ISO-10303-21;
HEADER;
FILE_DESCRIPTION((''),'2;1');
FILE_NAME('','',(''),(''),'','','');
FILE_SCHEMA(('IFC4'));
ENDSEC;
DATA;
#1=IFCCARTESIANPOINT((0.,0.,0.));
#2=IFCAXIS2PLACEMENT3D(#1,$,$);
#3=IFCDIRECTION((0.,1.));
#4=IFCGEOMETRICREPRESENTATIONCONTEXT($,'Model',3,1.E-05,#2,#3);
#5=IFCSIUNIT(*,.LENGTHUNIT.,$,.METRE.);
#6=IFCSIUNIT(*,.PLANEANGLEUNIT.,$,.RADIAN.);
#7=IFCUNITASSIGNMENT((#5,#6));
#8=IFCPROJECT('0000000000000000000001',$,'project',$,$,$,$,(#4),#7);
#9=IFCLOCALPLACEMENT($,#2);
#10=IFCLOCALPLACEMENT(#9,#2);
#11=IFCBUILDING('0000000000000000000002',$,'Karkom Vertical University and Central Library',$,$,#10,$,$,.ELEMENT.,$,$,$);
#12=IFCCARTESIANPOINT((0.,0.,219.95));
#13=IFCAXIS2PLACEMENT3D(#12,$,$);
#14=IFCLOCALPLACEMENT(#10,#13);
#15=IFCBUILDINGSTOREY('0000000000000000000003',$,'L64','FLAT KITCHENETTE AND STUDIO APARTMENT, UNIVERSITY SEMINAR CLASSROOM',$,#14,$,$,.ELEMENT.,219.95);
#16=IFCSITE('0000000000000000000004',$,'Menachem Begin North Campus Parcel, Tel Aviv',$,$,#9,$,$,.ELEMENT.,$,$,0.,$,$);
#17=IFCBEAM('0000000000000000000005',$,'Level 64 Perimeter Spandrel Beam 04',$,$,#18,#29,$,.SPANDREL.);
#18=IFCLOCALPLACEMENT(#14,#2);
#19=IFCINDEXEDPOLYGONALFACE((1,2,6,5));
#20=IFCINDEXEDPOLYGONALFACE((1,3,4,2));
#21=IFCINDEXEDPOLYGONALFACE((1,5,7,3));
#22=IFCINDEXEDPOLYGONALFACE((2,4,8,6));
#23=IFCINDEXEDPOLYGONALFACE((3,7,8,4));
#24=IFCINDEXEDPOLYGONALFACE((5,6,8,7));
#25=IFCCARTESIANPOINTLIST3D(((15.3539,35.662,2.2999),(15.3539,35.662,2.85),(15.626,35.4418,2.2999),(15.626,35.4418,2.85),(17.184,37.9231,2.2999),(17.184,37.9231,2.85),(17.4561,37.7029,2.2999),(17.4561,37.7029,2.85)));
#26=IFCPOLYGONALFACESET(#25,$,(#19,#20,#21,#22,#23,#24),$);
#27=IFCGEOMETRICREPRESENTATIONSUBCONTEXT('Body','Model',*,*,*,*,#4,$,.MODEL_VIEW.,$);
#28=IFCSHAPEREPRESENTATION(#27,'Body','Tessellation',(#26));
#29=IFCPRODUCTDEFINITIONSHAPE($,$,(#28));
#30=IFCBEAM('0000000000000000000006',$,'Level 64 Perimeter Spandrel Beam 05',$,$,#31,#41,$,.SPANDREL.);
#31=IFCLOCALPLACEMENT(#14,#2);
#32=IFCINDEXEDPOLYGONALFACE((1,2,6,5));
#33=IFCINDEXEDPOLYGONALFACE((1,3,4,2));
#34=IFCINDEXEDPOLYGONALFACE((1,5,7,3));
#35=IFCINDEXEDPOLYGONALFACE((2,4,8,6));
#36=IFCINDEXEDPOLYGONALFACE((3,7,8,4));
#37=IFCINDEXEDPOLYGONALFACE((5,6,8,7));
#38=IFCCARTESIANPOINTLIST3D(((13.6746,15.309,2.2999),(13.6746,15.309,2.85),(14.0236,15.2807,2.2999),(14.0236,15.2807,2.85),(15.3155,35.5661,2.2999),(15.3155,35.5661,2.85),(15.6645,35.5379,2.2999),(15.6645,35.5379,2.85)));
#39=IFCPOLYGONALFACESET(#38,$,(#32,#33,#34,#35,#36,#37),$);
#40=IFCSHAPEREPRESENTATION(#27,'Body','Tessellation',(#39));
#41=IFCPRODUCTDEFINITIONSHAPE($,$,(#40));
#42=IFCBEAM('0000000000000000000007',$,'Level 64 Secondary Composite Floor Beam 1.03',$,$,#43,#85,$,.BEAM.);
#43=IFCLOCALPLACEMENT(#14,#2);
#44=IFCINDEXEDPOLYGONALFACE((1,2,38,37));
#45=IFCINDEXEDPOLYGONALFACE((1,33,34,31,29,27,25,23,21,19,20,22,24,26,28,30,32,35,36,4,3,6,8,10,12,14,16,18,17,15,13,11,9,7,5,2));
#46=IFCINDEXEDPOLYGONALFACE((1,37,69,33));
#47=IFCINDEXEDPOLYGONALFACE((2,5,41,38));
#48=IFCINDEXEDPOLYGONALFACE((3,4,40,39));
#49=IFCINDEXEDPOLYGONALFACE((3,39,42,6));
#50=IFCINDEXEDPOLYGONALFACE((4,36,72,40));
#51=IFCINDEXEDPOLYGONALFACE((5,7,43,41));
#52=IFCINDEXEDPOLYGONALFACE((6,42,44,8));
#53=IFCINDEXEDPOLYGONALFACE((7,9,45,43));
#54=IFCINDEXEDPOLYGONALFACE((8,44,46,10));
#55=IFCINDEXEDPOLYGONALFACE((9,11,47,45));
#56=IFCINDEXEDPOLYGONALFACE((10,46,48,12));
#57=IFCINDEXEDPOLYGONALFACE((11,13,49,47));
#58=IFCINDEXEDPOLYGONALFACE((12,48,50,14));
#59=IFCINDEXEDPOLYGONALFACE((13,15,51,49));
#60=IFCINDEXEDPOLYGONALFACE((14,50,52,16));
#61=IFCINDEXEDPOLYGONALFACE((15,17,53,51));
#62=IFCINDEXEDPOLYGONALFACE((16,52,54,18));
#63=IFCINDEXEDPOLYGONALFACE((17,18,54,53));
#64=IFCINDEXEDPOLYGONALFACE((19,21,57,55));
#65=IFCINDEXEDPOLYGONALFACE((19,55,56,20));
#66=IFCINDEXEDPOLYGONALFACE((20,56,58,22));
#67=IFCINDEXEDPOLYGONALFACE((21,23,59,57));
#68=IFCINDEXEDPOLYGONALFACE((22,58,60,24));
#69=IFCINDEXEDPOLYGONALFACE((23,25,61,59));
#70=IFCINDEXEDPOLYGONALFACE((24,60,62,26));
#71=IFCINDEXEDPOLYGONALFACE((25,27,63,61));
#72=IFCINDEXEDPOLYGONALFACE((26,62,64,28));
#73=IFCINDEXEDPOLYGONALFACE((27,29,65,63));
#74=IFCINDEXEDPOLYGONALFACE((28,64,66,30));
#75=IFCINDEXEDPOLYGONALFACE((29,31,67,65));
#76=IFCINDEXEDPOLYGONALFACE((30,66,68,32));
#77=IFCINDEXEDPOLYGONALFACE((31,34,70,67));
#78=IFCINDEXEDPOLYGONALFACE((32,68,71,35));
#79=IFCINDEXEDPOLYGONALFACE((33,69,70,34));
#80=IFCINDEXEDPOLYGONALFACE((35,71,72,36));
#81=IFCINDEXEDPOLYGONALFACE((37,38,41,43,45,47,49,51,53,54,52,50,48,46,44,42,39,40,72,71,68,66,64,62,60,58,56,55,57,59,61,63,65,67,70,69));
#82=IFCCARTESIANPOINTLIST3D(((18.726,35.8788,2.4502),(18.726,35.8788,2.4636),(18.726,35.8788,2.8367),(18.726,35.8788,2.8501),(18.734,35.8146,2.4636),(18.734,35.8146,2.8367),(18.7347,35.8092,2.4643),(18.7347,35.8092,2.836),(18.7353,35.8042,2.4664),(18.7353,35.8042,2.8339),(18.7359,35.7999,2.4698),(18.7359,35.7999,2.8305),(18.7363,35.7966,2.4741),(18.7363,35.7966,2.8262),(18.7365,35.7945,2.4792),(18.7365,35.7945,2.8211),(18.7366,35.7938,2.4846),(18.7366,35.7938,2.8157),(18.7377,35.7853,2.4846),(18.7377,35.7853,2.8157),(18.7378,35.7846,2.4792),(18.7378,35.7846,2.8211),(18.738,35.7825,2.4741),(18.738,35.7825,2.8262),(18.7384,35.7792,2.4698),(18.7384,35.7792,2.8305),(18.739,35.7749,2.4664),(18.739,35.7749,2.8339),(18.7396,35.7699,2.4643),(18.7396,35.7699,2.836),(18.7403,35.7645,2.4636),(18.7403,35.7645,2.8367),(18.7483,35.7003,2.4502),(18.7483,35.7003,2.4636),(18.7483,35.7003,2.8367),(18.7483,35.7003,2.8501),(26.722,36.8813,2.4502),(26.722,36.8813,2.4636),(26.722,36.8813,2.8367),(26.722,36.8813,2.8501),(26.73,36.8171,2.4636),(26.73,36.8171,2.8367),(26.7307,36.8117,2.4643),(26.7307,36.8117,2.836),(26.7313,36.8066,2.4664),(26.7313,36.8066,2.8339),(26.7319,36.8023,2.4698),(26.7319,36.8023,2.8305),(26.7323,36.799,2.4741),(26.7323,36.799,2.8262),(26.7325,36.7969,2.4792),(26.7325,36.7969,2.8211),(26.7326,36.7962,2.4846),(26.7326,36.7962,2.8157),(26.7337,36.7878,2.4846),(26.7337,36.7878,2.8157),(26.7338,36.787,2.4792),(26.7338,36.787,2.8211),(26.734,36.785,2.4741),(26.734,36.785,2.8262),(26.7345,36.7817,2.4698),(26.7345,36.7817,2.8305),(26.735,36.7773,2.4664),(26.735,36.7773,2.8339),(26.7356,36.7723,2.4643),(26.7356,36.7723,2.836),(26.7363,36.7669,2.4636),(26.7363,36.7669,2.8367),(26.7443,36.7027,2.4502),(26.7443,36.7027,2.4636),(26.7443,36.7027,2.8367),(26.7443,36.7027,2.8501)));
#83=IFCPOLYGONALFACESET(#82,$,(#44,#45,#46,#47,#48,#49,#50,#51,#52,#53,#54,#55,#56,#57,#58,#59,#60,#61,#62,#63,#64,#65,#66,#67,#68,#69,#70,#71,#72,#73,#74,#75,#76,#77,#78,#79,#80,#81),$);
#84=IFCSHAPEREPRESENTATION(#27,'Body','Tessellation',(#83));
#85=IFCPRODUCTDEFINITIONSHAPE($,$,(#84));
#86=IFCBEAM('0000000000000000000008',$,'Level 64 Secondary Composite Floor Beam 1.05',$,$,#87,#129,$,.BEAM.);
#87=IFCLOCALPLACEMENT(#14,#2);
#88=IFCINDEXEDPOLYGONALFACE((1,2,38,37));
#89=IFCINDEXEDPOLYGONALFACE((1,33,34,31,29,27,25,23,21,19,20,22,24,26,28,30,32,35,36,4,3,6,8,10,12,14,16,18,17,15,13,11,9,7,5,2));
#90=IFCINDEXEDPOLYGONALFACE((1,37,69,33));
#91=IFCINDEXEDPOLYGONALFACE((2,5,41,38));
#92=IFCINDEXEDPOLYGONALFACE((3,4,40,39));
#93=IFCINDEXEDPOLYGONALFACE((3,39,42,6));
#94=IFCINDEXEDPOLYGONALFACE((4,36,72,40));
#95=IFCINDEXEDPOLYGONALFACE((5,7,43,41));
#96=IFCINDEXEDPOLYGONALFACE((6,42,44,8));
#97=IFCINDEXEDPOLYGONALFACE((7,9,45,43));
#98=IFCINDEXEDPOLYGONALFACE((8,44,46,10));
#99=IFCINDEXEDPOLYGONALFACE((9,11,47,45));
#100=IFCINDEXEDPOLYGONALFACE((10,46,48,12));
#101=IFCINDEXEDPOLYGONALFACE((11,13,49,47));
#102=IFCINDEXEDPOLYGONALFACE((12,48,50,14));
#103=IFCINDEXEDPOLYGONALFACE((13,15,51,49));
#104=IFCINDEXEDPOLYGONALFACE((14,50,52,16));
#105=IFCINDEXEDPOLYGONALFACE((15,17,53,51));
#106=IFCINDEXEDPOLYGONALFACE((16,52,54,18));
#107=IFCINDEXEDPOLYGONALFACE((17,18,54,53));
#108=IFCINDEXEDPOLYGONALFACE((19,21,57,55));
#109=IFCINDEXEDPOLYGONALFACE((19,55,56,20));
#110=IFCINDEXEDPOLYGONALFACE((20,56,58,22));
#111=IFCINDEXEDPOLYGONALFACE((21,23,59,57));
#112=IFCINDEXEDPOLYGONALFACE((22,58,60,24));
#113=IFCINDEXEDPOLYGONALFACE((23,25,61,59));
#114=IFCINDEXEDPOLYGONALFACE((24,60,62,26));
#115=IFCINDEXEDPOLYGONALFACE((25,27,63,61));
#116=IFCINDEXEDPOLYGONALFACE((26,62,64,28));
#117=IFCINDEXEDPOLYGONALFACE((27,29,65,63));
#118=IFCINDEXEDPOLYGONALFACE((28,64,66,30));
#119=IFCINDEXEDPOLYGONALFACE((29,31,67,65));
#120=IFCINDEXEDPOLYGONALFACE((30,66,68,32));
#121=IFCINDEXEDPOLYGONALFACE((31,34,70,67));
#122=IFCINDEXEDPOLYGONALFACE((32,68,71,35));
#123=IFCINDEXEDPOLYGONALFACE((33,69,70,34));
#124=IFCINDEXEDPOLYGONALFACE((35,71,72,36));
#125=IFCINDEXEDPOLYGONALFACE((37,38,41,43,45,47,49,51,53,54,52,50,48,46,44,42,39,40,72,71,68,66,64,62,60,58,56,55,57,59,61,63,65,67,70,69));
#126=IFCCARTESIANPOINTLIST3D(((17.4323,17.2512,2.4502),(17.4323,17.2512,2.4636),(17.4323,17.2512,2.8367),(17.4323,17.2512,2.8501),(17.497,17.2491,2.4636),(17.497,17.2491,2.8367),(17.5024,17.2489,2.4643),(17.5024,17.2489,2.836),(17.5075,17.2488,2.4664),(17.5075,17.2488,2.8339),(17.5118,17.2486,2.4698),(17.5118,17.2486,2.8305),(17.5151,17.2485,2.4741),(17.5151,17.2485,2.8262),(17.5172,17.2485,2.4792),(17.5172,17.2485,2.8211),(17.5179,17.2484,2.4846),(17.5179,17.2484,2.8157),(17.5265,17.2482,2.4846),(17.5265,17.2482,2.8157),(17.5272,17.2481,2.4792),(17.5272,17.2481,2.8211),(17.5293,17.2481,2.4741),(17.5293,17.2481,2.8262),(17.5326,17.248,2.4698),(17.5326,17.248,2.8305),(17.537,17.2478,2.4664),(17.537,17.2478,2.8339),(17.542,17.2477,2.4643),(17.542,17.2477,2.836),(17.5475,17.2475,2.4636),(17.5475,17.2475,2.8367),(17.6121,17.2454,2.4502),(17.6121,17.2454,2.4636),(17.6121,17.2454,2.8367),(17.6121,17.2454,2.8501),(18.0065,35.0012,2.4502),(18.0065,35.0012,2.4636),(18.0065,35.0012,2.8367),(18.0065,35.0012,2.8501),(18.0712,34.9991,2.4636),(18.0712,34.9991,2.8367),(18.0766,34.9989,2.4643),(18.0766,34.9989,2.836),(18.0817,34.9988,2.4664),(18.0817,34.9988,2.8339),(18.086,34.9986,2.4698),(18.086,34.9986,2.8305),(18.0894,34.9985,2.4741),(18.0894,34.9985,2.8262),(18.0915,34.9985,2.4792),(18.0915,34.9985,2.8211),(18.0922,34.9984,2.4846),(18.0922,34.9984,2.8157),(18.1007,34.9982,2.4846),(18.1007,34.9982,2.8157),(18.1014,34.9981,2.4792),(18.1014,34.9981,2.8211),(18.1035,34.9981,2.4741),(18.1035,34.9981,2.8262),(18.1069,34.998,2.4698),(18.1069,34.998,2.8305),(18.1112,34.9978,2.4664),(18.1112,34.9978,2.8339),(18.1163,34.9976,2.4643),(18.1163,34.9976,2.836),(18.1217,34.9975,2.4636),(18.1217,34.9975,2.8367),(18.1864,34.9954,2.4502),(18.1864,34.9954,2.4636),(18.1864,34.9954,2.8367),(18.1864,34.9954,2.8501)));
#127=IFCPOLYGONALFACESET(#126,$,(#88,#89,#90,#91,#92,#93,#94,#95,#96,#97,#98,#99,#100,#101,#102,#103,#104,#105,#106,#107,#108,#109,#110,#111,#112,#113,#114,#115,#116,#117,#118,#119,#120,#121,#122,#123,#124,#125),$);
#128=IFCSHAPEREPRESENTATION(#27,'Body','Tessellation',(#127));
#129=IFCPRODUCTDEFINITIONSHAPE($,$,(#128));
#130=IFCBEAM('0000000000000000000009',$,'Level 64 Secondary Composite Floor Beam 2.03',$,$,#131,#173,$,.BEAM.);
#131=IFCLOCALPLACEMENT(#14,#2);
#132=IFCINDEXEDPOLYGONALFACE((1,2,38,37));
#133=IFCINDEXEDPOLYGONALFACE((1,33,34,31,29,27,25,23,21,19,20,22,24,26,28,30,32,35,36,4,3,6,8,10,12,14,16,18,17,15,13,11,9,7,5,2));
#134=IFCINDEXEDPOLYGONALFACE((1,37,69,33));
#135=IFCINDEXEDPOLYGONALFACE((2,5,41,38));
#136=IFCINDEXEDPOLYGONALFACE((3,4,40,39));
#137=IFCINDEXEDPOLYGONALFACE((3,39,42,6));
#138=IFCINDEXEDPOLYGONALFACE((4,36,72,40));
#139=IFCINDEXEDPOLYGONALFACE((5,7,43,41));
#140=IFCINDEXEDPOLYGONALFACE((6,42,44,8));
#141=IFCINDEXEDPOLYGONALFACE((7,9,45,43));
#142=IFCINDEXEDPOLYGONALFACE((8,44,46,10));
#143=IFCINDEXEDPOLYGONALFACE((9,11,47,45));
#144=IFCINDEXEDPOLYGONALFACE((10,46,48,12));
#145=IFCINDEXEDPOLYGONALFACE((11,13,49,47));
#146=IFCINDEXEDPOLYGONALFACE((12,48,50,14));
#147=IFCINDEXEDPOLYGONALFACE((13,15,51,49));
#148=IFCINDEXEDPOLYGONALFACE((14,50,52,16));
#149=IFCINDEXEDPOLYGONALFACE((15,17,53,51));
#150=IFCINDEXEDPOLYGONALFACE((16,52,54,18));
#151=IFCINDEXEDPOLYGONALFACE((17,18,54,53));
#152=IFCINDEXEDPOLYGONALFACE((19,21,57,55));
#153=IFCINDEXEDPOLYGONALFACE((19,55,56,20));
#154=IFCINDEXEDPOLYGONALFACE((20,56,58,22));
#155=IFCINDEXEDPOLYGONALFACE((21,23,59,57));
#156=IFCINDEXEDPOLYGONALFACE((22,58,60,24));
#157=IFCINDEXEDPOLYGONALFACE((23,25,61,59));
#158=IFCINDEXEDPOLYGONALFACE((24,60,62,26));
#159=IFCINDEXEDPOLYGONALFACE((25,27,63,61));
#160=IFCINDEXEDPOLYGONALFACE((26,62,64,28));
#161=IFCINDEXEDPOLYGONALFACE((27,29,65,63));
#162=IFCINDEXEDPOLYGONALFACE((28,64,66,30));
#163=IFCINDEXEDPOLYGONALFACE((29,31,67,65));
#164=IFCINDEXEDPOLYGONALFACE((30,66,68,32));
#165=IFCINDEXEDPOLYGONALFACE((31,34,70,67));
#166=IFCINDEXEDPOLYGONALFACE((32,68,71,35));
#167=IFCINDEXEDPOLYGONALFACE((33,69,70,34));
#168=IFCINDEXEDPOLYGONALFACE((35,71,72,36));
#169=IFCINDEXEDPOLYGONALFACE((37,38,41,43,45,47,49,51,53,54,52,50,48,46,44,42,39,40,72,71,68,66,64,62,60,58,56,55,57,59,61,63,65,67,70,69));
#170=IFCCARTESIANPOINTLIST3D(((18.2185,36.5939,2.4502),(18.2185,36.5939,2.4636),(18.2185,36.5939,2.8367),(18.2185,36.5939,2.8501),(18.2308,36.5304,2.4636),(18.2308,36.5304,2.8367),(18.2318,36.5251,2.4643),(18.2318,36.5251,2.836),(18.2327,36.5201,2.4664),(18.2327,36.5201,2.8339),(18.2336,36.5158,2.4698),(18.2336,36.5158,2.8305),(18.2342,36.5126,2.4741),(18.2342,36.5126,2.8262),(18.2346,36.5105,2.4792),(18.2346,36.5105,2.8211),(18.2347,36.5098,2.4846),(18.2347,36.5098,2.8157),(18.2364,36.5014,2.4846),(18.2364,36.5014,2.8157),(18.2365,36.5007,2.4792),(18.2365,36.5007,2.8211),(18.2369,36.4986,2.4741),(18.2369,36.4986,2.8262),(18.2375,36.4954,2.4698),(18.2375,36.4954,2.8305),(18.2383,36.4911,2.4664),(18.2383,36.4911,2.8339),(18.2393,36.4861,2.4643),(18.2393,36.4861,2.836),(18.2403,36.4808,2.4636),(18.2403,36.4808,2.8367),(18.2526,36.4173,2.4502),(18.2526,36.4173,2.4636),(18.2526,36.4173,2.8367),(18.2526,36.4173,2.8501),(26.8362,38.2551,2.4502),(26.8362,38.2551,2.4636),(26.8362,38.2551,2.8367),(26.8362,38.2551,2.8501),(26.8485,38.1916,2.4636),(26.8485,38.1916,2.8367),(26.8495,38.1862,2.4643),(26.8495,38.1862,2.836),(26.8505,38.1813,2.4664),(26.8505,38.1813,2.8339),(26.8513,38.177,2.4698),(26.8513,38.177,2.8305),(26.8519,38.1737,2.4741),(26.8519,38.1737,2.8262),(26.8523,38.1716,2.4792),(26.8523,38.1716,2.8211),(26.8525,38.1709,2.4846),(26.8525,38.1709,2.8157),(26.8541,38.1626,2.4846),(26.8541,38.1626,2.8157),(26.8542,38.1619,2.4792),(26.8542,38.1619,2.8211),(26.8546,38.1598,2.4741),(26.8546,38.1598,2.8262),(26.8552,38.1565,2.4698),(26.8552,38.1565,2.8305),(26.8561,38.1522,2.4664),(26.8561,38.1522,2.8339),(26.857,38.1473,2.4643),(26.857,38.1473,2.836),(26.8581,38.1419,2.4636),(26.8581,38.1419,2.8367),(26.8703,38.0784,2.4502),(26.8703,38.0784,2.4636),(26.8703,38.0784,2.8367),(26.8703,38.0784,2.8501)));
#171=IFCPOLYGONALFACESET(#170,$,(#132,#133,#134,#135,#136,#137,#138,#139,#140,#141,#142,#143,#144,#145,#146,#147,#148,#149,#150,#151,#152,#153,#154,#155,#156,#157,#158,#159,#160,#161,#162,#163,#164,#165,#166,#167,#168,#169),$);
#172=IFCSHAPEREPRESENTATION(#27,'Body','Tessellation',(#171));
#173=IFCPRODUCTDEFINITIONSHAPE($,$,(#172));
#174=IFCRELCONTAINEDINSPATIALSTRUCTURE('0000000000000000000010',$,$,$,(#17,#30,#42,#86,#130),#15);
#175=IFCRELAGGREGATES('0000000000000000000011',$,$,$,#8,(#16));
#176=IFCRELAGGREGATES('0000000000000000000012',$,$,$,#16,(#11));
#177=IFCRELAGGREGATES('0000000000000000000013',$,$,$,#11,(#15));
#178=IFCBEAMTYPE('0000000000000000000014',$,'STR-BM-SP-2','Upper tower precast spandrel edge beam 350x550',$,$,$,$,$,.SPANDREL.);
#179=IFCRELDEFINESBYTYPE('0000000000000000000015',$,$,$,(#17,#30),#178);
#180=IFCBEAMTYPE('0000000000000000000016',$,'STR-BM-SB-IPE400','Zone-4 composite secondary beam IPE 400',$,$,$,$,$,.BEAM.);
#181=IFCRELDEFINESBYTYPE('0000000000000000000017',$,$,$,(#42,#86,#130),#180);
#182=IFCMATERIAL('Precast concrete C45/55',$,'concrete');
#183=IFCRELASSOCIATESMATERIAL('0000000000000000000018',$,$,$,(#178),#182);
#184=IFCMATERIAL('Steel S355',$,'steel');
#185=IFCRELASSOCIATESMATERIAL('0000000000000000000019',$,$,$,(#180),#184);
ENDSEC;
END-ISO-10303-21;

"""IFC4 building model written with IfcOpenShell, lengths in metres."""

from ifc_helpers import new_model, si_unit, direction, frame, origin, origin_with_axes, origin_2d, place, context, subcontext, project, spatial, rectangle, i_section, extrude, source, transform, mapped, material, material_profile, profile_set, type_object, element, save


model = new_model("IFC4")

# Units and contexts
model_context = context("Model", 3, precision=1e-05, world=origin(), true_north=direction((0.0, 1.0)))
body_context = subcontext(model_context, "Body", "Model", "MODEL_VIEW")
ifc_project = project(units=[si_unit("LENGTHUNIT", "METRE"), si_unit("PLANEANGLEUNIT", "RADIAN")], contexts=[model_context])

# Site, building, storey
site_placement = place(None, origin())
site = spatial("IfcSite", under=ifc_project, at=site_placement, Name="Menachem Begin North Campus Parcel, Tel Aviv", CompositionType="ELEMENT", RefElevation=0.0)
building_placement = place(site_placement, origin())
building = spatial("IfcBuilding", under=site, at=building_placement, Name="Karkom Vertical University and Central Library", CompositionType="ELEMENT")
storey_placement = place(building_placement, frame((0.0, 0.0, 219.95)))
storey = spatial("IfcBuildingStorey", under=building, at=storey_placement, Name="L64", Description="FLAT KITCHENETTE AND STUDIO APARTMENT, UNIVERSITY SEMINAR CLASSROOM", CompositionType="ELEMENT", Elevation=219.95)

# Beams
ifc_material_1 = material(Name="Precast concrete C45/55", Category="concrete")
ifc_material_profile_1 = material_profile(ifc_material_1, rectangle(XDim=0.3501, YDim=0.55, at=origin_2d()), Name="SPB-350x550")
ifc_profile_set_1 = profile_set([ifc_material_profile_1], Name="Precast concrete C45/55")
beam_type_1 = type_object("IfcBeamType", Name="STR-BM-SP-2", Description="Upper tower precast spandrel edge beam 350x550", PredefinedType="SPANDREL", material=ifc_profile_set_1)
shared_shape_1 = source(origin_with_axes(), body_context, "Body", "SweptSolid", [
    extrude(rectangle(XDim=0.3501, YDim=0.55, at=origin_2d()), origin(), (0.0, 0.0, 1.0), 2.9089),
])
beam_1_placement = place(storey_placement, frame((17.3201, 37.813, 2.575), z_axis=(-0.629148, -0.777286, 0.0), x_axis=(0.777286, -0.629148, 0.0)))
element("IfcBeam", 1, at=beam_1_placement, inside=storey, type_object=beam_type_1, Name="Level 64 Perimeter Spandrel Beam 04", PredefinedType="SPANDREL", context=body_context, shape_type="MappedRepresentation", body=[
    mapped(shared_shape_1, transform((0.0, 0.0, 0.0), scale=1.0)),
])
shared_shape_2 = source(origin_with_axes(), body_context, "Body", "SweptSolid", [
    extrude(rectangle(XDim=0.3501, YDim=0.55, at=origin_2d()), origin(), (0.0, 0.0, 1.0), 20.3235),
])
beam_2_placement = place(storey_placement, frame((15.49, 35.552, 2.575), z_axis=(-0.080738, -0.996735, 0.0), x_axis=(0.996735, -0.080738, 0.0)))
element("IfcBeam", 2, at=beam_2_placement, inside=storey, type_object=beam_type_1, Name="Level 64 Perimeter Spandrel Beam 05", PredefinedType="SPANDREL", context=body_context, shape_type="MappedRepresentation", body=[
    mapped(shared_shape_2, transform((0.0, 0.0, 0.0), scale=1.0)),
])
ifc_material_2 = material(Name="Steel S355", Category="steel")
ifc_material_profile_2 = material_profile(ifc_material_2, i_section(OverallWidth=0.1799, OverallDepth=0.3999, WebThickness=0.0085, FlangeThickness=0.0134, FilletRadius=0.021, at=origin_2d()), Name="IPE 400")
ifc_profile_set_2 = profile_set([ifc_material_profile_2], Name="Steel S355")
beam_type_2 = type_object("IfcBeamType", Name="STR-BM-SB-IPE400", Description="Zone-4 composite secondary beam IPE 400", PredefinedType="BEAM", material=ifc_profile_set_2)
shared_shape_3 = source(origin_with_axes(), body_context, "Body", "SweptSolid", [
    extrude(i_section(OverallWidth=0.1799, OverallDepth=0.3999, WebThickness=0.0085, FlangeThickness=0.0134, FilletRadius=0.021, at=origin_2d()), origin(), (0.0, 0.0, 1.0), 8.0586),
])
beam_3_placement = place(storey_placement, frame((26.7332, 36.792, 2.6501), z_axis=(-0.992233, -0.124393, 0.0), x_axis=(0.124393, -0.992233, 0.0)))
element("IfcBeam", 3, at=beam_3_placement, inside=storey, type_object=beam_type_2, Name="Level 64 Secondary Composite Floor Beam 1.03", PredefinedType="BEAM", context=body_context, shape_type="MappedRepresentation", body=[
    mapped(shared_shape_3, transform((0.0, 0.0, 0.0), scale=1.0)),
])
shared_shape_4 = source(origin_with_axes(), body_context, "Body", "SweptSolid", [
    extrude(i_section(OverallWidth=0.1799, OverallDepth=0.3999, WebThickness=0.0085, FlangeThickness=0.0134, FilletRadius=0.021, at=origin_2d()), origin(), (0.0, 0.0, 1.0), 17.7593),
])
beam_4_placement = place(storey_placement, frame((18.0964, 34.9983, 2.6501), z_axis=(-0.032333, -0.999477, 0.0), x_axis=(0.999477, -0.032333, 0.0)))
element("IfcBeam", 4, at=beam_4_placement, inside=storey, type_object=beam_type_2, Name="Level 64 Secondary Composite Floor Beam 1.05", PredefinedType="BEAM", context=body_context, shape_type="MappedRepresentation", body=[
    mapped(shared_shape_4, transform((0.0, 0.0, 0.0), scale=1.0)),
])
shared_shape_5 = source(origin_with_axes(), body_context, "Body", "SweptSolid", [
    extrude(i_section(OverallWidth=0.1799, OverallDepth=0.3999, WebThickness=0.0085, FlangeThickness=0.0134, FilletRadius=0.021, at=origin_2d()), origin(), (0.0, 0.0, 1.0), 8.7764),
])
beam_5_placement = place(storey_placement, frame((26.8533, 38.1667, 2.6501), z_axis=(-0.981924, -0.189275, 0.0), x_axis=(0.189275, -0.981924, 0.0)))
element("IfcBeam", 5, at=beam_5_placement, inside=storey, type_object=beam_type_2, Name="Level 64 Secondary Composite Floor Beam 2.03", PredefinedType="BEAM", context=body_context, shape_type="MappedRepresentation", body=[
    mapped(shared_shape_5, transform((0.0, 0.0, 0.0), scale=1.0)),
])

save(model, "model.ifc")
